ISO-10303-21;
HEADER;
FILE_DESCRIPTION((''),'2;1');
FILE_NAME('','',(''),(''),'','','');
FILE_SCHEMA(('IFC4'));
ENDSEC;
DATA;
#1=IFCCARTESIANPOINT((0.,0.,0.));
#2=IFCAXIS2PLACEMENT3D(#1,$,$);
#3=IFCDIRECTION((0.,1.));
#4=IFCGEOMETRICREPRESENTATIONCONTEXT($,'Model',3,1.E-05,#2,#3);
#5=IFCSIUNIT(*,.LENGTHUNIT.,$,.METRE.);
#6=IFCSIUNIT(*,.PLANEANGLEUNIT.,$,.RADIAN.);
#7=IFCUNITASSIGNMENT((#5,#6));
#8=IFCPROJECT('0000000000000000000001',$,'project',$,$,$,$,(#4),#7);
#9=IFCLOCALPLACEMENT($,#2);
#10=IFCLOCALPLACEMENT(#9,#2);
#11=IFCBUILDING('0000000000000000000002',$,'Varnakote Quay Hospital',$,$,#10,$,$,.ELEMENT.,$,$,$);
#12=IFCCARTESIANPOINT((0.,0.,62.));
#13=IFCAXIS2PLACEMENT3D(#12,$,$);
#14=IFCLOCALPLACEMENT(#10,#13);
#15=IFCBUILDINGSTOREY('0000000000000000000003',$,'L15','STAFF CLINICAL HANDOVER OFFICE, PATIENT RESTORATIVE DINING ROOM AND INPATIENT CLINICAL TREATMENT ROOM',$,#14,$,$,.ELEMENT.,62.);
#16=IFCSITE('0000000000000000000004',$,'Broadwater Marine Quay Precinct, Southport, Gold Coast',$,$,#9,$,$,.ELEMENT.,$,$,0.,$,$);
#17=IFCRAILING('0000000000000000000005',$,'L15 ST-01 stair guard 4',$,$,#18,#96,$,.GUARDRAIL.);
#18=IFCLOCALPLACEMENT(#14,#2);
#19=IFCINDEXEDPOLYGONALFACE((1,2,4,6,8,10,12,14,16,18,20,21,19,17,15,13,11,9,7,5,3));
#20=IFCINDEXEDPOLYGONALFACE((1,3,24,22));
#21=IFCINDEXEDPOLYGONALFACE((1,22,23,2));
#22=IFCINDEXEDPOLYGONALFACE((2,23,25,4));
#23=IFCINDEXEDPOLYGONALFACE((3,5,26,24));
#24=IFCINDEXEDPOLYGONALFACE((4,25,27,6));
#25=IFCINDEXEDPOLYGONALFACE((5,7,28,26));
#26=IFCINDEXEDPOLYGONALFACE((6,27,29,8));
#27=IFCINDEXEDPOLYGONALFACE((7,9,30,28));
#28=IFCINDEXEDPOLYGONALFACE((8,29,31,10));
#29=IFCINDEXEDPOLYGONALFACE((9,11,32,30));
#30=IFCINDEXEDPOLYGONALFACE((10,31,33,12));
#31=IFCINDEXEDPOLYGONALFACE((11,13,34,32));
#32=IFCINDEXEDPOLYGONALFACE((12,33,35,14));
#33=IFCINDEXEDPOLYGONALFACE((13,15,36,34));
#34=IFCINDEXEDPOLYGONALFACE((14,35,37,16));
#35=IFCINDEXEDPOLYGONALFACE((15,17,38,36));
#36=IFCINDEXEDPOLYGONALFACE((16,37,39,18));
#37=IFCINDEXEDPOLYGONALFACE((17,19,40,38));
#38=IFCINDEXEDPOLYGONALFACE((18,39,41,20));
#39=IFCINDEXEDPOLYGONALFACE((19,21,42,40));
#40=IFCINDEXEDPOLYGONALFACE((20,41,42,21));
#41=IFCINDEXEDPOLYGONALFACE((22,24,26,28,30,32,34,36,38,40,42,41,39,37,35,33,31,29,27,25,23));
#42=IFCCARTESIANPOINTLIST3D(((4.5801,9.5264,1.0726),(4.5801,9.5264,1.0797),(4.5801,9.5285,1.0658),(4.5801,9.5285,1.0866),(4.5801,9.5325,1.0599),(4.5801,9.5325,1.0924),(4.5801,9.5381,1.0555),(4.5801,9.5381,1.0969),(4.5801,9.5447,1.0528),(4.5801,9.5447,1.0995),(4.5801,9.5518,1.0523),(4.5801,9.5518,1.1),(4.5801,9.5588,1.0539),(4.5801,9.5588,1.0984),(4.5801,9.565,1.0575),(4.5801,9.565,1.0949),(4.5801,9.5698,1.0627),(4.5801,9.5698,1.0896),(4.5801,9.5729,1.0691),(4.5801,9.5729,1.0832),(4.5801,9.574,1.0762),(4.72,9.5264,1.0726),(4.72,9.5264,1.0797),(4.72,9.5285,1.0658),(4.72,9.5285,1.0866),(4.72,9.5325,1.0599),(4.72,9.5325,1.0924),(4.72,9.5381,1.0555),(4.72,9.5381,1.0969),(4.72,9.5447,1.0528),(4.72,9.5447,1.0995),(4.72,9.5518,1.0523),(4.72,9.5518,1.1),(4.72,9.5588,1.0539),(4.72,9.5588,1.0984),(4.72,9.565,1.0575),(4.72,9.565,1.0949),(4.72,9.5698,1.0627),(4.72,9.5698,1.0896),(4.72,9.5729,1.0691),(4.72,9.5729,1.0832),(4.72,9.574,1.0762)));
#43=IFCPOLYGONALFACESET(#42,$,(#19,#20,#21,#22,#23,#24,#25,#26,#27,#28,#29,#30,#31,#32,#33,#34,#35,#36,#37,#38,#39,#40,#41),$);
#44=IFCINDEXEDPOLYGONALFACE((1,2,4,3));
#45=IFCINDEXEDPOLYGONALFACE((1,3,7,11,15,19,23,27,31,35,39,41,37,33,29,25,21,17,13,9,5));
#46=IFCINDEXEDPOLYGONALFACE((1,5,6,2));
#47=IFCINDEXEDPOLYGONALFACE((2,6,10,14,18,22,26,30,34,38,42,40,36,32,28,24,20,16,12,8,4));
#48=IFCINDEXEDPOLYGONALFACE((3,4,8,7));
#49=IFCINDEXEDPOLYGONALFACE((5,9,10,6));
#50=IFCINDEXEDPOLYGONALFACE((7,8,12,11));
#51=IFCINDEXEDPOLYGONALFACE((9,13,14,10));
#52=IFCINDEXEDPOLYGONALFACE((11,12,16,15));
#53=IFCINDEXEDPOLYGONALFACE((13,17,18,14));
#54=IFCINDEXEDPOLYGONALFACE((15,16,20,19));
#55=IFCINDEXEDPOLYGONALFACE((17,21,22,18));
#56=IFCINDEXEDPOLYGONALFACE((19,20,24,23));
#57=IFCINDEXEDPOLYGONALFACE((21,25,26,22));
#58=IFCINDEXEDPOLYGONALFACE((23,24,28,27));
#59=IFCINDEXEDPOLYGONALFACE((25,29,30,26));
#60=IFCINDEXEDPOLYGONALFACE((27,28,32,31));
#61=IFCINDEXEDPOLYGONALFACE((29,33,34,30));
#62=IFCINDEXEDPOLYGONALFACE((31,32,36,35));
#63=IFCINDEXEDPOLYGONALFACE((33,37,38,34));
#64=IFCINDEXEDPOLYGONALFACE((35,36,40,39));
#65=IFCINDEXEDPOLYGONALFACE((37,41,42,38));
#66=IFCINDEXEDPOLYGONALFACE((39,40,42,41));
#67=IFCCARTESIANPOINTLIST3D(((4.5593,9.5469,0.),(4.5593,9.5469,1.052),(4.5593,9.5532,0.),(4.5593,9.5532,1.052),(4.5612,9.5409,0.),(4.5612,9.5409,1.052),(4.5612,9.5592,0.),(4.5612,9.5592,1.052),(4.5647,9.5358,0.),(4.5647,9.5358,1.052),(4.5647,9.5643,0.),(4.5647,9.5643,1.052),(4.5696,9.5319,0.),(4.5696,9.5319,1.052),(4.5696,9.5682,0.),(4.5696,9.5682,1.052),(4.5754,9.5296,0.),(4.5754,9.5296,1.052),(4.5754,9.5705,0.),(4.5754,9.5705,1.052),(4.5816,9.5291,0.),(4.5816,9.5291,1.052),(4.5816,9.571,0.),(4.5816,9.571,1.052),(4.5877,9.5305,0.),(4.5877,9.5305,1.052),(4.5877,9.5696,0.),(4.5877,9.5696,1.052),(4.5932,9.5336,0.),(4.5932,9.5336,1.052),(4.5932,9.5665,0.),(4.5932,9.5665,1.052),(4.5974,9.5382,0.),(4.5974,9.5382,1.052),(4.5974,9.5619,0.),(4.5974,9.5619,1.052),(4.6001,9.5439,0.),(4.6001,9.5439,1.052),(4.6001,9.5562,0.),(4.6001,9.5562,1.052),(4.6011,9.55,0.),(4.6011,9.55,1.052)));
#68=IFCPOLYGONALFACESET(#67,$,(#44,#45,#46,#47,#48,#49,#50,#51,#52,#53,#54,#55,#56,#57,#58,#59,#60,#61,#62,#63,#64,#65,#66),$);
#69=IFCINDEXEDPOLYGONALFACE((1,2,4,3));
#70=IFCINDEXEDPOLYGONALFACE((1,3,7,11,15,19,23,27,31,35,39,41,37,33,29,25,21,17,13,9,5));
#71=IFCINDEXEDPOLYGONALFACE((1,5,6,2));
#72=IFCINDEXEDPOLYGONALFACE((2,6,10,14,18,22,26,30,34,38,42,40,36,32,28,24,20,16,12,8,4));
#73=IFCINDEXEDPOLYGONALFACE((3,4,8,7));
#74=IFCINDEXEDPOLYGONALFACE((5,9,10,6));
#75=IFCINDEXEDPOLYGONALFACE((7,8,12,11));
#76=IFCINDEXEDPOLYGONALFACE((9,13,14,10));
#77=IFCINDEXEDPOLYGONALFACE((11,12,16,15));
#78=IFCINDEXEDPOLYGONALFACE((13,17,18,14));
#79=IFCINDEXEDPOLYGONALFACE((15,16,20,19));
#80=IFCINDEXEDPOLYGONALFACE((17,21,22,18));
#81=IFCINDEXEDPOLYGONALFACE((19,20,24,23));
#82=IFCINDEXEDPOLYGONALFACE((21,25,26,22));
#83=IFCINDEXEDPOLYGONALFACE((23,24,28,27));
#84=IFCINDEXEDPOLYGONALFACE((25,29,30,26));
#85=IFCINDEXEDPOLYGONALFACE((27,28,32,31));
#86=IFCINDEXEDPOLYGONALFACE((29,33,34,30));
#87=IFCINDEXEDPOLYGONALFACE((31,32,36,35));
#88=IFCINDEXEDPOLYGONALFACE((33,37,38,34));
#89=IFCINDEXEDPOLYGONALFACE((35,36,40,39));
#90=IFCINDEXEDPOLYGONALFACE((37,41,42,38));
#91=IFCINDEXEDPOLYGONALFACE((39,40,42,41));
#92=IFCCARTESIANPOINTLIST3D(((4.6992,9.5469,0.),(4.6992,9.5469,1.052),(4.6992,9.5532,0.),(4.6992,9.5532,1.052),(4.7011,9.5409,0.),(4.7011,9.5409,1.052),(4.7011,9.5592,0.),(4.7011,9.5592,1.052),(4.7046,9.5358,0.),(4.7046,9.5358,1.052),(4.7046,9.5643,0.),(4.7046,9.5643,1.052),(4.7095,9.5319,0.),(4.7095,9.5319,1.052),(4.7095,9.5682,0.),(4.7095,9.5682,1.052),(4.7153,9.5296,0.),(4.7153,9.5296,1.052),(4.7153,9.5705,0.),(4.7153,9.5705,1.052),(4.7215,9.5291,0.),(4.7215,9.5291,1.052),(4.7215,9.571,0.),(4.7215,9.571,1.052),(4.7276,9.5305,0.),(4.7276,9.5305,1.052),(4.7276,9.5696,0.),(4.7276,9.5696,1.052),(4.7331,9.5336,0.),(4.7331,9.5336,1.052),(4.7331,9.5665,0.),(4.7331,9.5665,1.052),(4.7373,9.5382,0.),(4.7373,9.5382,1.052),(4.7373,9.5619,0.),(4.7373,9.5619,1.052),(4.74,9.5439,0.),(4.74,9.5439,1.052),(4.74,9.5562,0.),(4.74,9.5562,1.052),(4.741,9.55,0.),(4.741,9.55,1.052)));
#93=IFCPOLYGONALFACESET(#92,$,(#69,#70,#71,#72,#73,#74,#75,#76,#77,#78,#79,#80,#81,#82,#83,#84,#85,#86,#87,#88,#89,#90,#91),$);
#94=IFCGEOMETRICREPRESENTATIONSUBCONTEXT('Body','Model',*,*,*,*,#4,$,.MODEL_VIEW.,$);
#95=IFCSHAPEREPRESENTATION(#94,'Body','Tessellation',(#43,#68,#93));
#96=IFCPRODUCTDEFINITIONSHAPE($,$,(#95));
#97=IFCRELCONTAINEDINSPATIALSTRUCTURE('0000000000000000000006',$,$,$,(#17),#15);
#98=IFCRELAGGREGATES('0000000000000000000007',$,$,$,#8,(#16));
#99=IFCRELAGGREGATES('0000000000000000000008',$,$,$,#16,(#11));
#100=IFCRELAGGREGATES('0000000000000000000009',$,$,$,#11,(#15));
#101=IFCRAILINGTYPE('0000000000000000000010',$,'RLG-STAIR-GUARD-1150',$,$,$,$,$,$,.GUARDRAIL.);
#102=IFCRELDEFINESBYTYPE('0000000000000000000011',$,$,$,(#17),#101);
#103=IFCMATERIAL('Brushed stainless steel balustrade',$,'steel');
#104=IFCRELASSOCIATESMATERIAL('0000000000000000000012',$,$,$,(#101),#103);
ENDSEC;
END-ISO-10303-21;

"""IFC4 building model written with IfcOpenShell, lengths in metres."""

from ifc_helpers import new_model, si_unit, direction, frame, origin, origin_2d, place, context, subcontext, project, spatial, circle, extrude, material, type_object, element, save


model = new_model("IFC4")

# Units and contexts
model_context = context("Model", 3, precision=1e-05, world=origin(), true_north=direction((0.0, 1.0)))
body_context = subcontext(model_context, "Body", "Model", "MODEL_VIEW")
ifc_project = project(units=[si_unit("LENGTHUNIT", "METRE"), si_unit("PLANEANGLEUNIT", "RADIAN")], contexts=[model_context])

# Site, building, storey
site_placement = place(None, origin())
site = spatial("IfcSite", under=ifc_project, at=site_placement, Name="Broadwater Marine Quay Precinct, Southport, Gold Coast", CompositionType="ELEMENT", RefElevation=0.0)
building_placement = place(site_placement, origin())
building = spatial("IfcBuilding", under=site, at=building_placement, Name="Varnakote Quay Hospital", CompositionType="ELEMENT")
storey_placement = place(building_placement, frame((0.0, 0.0, 62.0)))
storey = spatial("IfcBuildingStorey", under=building, at=storey_placement, Name="L15", Description="STAFF CLINICAL HANDOVER OFFICE, PATIENT RESTORATIVE DINING ROOM AND INPATIENT CLINICAL TREATMENT ROOM", CompositionType="ELEMENT", Elevation=62.0)

# Railing
ifc_material_1 = material(Name="Brushed stainless steel balustrade", Category="steel")
railing_type_1 = type_object("IfcRailingType", Name="RLG-STAIR-GUARD-1150", PredefinedType="GUARDRAIL", material=ifc_material_1)
railing_1_placement = place(storey_placement, frame((4.5801, 9.55, 0.0)))
element("IfcRailing", 1, at=railing_1_placement, inside=storey, type_object=railing_type_1, Name="L15 ST-01 stair guard 4", PredefinedType="GUARDRAIL", context=body_context, shape_type="SweptSolid", body=[
    extrude(circle(Radius=0.0239, at=origin_2d()), frame((0.0, 0.0, 1.0762), z_axis=(1.0, 0.0, 0.0), x_axis=(0.0, 1.0, 0.0)), (0.0, 0.0, 1.0), 0.1399),
    extrude(circle(Radius=0.021, at=origin_2d()), origin(), (0.0, 0.0, 1.0), 1.052),
    extrude(circle(Radius=0.021, at=origin_2d()), frame((0.1399, 0.0, 0.0)), (0.0, 0.0, 1.0), 1.052),
])

save(model, "model.ifc")
